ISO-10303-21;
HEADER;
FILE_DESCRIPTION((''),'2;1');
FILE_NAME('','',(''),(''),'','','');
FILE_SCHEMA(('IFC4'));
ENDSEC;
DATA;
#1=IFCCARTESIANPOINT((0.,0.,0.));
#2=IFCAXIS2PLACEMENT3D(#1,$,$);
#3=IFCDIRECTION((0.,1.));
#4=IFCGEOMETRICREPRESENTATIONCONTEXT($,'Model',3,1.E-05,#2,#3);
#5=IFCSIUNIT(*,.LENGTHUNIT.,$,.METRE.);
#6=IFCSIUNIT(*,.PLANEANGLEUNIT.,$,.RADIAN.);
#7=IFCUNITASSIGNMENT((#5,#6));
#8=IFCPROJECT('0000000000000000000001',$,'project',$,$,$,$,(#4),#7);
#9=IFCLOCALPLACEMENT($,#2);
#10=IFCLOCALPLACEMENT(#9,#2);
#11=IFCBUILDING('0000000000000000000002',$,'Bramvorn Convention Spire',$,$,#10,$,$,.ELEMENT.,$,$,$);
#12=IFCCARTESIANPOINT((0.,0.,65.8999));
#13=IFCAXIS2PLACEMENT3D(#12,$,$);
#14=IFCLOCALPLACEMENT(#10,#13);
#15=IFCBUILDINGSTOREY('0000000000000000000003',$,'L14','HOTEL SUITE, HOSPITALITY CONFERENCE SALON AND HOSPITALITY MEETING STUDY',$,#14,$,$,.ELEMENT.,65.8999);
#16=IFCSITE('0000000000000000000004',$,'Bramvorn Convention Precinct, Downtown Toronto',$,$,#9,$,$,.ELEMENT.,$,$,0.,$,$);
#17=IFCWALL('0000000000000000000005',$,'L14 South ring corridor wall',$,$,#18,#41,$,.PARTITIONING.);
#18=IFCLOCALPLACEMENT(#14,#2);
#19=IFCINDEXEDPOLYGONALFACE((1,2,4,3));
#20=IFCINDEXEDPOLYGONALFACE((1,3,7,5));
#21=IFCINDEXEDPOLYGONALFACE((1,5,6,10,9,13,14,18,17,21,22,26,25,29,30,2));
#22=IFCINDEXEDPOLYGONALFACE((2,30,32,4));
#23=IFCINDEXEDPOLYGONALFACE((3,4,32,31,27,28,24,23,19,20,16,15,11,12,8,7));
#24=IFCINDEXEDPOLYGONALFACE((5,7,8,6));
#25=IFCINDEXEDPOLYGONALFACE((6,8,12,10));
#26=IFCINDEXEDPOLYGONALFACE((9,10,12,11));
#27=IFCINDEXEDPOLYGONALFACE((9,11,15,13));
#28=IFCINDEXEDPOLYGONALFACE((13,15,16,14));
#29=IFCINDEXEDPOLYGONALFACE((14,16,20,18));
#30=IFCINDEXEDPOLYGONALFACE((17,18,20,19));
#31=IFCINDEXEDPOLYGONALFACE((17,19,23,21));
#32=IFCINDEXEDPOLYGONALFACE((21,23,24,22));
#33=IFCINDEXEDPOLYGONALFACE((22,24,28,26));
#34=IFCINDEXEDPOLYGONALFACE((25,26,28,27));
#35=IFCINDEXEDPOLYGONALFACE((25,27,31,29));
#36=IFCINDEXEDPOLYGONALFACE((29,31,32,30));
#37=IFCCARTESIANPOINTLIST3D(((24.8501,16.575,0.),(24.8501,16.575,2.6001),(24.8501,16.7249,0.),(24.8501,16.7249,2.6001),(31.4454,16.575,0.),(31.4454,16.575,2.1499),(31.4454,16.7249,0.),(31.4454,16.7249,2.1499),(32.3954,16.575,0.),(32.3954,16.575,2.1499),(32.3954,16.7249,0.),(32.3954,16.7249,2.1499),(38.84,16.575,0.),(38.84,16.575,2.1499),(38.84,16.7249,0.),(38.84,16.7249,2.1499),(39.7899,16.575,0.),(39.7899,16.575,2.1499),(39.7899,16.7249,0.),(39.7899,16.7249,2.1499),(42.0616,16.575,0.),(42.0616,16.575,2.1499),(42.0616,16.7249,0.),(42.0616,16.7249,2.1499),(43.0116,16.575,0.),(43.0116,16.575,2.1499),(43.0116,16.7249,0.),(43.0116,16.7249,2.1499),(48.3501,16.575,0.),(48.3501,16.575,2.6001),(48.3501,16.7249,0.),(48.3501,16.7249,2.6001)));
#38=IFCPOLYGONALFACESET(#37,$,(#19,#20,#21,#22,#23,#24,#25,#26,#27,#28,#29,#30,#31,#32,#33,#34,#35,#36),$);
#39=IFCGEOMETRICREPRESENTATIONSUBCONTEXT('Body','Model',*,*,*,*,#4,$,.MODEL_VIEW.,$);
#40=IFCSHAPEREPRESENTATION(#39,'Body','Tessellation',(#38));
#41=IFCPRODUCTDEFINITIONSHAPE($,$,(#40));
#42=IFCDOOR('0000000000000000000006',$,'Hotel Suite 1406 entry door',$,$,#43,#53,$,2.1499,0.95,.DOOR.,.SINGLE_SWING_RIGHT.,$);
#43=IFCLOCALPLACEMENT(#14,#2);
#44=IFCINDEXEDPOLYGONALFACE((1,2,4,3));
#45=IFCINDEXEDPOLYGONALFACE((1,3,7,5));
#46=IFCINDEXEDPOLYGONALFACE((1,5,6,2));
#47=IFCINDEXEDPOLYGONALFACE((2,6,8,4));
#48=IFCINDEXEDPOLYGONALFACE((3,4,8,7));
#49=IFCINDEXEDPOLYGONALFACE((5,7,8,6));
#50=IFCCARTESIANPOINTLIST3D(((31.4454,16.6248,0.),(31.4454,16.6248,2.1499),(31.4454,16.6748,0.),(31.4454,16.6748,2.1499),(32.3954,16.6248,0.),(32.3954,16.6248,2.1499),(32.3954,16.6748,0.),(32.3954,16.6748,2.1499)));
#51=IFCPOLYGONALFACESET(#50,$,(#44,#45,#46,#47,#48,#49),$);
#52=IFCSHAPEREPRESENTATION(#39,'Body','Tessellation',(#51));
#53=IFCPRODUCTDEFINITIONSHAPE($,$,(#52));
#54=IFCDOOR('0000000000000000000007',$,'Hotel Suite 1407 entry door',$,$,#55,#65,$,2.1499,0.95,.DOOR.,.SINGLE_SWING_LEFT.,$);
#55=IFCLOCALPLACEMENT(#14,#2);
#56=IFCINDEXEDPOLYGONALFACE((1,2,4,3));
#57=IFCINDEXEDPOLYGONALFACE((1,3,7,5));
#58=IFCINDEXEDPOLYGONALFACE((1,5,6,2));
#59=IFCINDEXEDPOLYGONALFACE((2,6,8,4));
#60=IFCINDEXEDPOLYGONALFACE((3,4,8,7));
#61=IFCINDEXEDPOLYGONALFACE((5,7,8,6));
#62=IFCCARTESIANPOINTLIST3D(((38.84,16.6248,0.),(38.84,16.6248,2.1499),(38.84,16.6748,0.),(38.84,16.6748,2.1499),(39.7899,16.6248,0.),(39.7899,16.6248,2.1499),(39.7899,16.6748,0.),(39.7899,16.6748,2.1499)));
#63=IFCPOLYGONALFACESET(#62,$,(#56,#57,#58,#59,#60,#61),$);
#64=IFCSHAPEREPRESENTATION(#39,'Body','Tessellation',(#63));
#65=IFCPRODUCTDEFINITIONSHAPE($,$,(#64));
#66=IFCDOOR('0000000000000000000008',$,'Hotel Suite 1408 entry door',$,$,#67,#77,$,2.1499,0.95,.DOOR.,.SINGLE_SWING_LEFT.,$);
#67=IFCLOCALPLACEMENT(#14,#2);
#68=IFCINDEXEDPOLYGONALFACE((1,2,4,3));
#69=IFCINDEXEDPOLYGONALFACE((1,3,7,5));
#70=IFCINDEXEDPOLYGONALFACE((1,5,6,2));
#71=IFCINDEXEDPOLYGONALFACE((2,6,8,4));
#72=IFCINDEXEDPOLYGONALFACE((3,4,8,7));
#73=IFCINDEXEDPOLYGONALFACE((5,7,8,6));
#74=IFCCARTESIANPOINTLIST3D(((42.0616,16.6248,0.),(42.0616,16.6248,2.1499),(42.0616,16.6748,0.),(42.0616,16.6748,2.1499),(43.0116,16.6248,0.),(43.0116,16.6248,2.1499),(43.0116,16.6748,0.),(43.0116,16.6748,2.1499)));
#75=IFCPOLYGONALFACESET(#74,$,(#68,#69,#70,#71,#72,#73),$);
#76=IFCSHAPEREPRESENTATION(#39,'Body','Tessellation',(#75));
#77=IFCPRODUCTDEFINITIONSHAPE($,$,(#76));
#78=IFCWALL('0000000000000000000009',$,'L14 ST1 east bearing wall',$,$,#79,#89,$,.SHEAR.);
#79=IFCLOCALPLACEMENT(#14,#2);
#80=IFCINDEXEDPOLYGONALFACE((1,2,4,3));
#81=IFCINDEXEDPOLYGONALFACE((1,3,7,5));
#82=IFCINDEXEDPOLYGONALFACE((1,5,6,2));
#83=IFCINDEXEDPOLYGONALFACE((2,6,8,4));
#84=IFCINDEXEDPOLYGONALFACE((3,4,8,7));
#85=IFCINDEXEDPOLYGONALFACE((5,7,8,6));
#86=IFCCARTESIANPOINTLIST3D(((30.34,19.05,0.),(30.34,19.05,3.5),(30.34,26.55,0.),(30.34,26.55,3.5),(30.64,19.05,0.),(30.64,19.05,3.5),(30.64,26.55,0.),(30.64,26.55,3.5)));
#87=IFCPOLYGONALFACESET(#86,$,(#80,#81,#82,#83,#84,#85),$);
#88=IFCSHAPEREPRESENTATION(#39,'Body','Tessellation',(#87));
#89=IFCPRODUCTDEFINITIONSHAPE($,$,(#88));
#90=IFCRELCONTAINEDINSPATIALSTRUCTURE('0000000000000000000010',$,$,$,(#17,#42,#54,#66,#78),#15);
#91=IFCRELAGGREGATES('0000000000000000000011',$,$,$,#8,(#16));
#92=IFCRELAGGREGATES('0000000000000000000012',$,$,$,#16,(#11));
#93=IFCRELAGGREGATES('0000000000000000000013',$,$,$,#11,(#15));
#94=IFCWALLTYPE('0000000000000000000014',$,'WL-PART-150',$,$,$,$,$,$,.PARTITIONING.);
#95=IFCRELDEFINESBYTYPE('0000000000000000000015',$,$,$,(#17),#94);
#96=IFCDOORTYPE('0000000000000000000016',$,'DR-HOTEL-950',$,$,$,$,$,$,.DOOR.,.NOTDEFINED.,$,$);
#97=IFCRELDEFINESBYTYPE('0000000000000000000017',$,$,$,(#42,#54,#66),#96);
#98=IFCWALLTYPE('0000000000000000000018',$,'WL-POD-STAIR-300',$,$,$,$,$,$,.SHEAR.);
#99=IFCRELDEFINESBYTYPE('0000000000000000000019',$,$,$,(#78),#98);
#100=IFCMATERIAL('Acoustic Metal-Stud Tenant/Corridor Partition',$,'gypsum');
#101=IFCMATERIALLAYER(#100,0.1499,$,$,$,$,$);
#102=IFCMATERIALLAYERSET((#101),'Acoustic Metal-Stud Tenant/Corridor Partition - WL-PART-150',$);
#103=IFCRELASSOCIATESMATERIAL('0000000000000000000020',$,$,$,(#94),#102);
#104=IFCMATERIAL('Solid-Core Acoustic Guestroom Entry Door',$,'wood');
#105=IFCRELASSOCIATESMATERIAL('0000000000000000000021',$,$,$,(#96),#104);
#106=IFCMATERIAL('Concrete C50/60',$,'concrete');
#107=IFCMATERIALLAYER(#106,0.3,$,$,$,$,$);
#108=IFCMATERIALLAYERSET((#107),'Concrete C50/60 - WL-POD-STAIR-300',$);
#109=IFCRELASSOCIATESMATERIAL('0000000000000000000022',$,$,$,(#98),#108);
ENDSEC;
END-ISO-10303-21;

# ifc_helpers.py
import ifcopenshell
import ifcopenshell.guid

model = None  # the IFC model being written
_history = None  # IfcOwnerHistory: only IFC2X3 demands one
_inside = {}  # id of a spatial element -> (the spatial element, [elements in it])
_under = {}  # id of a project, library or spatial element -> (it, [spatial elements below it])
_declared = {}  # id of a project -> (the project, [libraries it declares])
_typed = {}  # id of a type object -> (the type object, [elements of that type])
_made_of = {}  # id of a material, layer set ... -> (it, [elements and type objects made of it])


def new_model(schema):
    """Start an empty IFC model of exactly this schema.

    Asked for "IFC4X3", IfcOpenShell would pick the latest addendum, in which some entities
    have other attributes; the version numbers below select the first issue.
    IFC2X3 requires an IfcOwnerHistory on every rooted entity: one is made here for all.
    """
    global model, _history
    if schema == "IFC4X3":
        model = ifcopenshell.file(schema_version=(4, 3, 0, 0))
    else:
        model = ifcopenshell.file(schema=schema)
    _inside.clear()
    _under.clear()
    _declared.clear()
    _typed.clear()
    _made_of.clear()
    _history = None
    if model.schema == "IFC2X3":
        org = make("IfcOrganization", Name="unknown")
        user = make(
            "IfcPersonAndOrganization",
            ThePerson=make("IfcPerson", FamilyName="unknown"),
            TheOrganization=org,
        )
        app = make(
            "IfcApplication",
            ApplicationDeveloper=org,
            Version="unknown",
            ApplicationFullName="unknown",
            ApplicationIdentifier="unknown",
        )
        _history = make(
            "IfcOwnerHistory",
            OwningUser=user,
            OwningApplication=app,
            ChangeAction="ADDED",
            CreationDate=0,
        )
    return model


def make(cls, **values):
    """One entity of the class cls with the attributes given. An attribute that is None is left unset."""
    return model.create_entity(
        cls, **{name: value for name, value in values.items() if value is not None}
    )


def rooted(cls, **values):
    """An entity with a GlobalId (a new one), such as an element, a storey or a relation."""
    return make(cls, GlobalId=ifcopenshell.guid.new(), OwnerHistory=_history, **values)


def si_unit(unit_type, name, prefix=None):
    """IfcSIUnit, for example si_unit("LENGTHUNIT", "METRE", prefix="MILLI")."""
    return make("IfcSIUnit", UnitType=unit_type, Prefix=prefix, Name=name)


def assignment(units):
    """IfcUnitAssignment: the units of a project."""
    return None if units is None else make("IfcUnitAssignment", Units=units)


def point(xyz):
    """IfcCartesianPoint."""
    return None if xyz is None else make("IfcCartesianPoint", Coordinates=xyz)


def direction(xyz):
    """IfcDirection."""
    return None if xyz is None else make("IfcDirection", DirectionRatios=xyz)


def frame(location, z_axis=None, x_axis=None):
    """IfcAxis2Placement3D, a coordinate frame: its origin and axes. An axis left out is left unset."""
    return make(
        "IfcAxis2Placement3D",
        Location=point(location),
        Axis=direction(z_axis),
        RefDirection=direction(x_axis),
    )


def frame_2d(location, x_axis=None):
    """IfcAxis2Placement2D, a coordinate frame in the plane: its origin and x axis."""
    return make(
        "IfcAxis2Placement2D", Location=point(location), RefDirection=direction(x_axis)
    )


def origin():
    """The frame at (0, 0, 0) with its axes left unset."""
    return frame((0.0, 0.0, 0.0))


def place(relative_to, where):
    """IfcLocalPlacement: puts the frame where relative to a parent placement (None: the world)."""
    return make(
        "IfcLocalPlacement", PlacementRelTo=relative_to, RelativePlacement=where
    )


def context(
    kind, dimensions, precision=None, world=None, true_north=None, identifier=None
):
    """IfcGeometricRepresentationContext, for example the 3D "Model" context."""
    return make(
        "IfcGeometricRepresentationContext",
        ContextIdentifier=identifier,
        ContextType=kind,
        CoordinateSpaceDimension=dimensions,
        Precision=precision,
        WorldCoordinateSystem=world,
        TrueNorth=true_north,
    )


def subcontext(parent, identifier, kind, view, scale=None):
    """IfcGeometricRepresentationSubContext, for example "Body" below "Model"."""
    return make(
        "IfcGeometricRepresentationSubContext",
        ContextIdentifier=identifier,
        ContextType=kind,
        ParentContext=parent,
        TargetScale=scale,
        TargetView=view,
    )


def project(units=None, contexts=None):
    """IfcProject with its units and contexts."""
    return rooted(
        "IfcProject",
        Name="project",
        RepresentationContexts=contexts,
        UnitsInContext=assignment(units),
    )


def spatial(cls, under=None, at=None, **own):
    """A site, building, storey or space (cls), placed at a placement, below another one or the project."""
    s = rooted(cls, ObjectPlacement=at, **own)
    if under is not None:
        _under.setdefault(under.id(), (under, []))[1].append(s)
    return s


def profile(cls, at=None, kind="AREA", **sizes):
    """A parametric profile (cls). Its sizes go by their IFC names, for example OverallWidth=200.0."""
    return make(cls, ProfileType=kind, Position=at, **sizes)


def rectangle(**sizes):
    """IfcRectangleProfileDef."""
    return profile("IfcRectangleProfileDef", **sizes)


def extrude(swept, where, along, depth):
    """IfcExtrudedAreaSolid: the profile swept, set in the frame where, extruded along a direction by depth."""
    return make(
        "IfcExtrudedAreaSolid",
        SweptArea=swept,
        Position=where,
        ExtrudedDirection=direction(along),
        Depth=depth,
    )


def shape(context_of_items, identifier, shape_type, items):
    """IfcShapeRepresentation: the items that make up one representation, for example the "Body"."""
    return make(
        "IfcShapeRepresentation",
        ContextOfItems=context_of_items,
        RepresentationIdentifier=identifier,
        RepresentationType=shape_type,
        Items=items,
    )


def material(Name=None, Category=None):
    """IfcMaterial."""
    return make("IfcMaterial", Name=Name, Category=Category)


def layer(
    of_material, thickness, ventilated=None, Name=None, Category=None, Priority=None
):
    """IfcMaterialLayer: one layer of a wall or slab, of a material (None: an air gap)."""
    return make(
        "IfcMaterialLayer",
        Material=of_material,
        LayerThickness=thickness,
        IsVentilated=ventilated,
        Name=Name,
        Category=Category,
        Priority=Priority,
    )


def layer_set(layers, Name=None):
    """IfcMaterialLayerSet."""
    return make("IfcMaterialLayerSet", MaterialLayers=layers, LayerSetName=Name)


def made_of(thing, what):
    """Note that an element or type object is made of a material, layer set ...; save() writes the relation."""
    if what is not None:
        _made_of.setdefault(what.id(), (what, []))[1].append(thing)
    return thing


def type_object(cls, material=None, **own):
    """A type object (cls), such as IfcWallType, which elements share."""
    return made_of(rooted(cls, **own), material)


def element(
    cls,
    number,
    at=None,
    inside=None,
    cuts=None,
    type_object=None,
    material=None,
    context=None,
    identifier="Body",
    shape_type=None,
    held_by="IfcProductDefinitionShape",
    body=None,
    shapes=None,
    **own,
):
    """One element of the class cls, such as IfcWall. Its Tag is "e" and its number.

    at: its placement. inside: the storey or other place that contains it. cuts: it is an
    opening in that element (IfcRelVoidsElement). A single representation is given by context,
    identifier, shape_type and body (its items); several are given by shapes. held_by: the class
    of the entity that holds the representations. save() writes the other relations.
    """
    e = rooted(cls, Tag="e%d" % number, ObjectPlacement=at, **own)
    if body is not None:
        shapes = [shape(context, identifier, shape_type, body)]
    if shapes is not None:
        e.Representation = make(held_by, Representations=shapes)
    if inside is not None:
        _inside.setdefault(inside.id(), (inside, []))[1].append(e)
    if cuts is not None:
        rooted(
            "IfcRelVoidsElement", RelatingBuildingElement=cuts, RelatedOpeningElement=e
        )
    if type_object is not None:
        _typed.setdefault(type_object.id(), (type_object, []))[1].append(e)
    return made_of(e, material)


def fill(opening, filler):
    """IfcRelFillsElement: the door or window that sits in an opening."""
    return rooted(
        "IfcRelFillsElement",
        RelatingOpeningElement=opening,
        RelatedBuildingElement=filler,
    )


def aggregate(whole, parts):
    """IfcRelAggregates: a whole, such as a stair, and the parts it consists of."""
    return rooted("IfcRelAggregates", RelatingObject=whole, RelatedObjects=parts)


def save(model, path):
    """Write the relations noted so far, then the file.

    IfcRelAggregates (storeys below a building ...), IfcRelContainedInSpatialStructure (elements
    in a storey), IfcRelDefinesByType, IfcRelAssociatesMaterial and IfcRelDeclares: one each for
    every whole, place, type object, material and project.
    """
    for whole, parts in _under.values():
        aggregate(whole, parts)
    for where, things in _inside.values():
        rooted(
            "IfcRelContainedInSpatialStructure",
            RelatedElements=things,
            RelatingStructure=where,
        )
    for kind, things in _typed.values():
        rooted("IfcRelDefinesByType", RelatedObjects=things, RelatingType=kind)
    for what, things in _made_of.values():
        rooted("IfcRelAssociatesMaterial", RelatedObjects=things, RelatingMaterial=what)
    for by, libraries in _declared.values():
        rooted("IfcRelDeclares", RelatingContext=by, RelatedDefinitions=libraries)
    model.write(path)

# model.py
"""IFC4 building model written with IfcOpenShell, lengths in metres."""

from ifc_helpers import new_model, si_unit, direction, frame, frame_2d, origin, place, context, subcontext, project, spatial, rectangle, extrude, material, layer, layer_set, type_object, element, fill, save


model = new_model("IFC4")

# Units and contexts
model_context = context("Model", 3, precision=1e-05, world=origin(), true_north=direction((0.0, 1.0)))
body_context = subcontext(model_context, "Body", "Model", "MODEL_VIEW")
ifc_project = project(units=[si_unit("LENGTHUNIT", "METRE"), si_unit("PLANEANGLEUNIT", "RADIAN")], contexts=[model_context])

# Site, building, storey
site_placement = place(None, origin())
site = spatial("IfcSite", under=ifc_project, at=site_placement, Name="Bramvorn Convention Precinct, Downtown Toronto", CompositionType="ELEMENT", RefElevation=0.0)
building_placement = place(site_placement, origin())
building = spatial("IfcBuilding", under=site, at=building_placement, Name="Bramvorn Convention Spire", CompositionType="ELEMENT")
storey_placement = place(building_placement, frame((0.0, 0.0, 65.8999)))
storey = spatial("IfcBuildingStorey", under=building, at=storey_placement, Name="L14", Description="HOTEL SUITE, HOSPITALITY CONFERENCE SALON AND HOSPITALITY MEETING STUDY", CompositionType="ELEMENT", Elevation=65.8999)

# Wall, openings, doors
ifc_material_1 = material(Name="Acoustic Metal-Stud Tenant/Corridor Partition", Category="gypsum")
ifc_layer_1 = layer(ifc_material_1, 0.1499)
ifc_layer_set_1 = layer_set([ifc_layer_1], Name="Acoustic Metal-Stud Tenant/Corridor Partition - WL-PART-150")
wall_type_1 = type_object("IfcWallType", Name="WL-PART-150", PredefinedType="PARTITIONING", material=ifc_layer_set_1)
wall_1_placement = place(storey_placement, frame((24.8501, 16.6499, 0.0), z_axis=(0.0, 0.0, 1.0), x_axis=(1.0, 0.0, 0.0)))
wall_1 = element("IfcWall", 1, at=wall_1_placement, inside=storey, type_object=wall_type_1, Name="L14 South ring corridor wall", PredefinedType="PARTITIONING", context=body_context, shape_type="SweptSolid", body=[
    extrude(rectangle(XDim=23.5, YDim=0.1499, at=frame_2d((11.75, 0.0))), origin(), (0.0, 0.0, 1.0), 2.6001),
])
opening_1_placement = place(wall_1_placement, frame((6.5952, 0.0, 0.0)))
opening_1 = element("IfcOpeningElement", 2, at=opening_1_placement, cuts=wall_1, PredefinedType="OPENING", context=body_context, shape_type="SweptSolid", body=[
    extrude(rectangle(XDim=0.95, YDim=2.1499, at=frame_2d((0.4751, 1.075))), frame((0.0, 0.085, 0.0), z_axis=(0.0, -1.0, 0.0), x_axis=(1.0, 0.0, 0.0)), (0.0, 0.0, 1.0), 0.1699),
])
opening_2_placement = place(wall_1_placement, frame((13.9897, 0.0, 0.0)))
opening_2 = element("IfcOpeningElement", 3, at=opening_2_placement, cuts=wall_1, PredefinedType="OPENING", context=body_context, shape_type="SweptSolid", body=[
    extrude(rectangle(XDim=0.95, YDim=2.1499, at=frame_2d((0.4751, 1.075))), frame((0.0, 0.085, 0.0), z_axis=(0.0, -1.0, 0.0), x_axis=(1.0, 0.0, 0.0)), (0.0, 0.0, 1.0), 0.1699),
])
opening_3_placement = place(wall_1_placement, frame((17.2114, 0.0, 0.0)))
opening_3 = element("IfcOpeningElement", 4, at=opening_3_placement, cuts=wall_1, PredefinedType="OPENING", context=body_context, shape_type="SweptSolid", body=[
    extrude(rectangle(XDim=0.95, YDim=2.1499, at=frame_2d((0.4751, 1.075))), frame((0.0, 0.085, 0.0), z_axis=(0.0, -1.0, 0.0), x_axis=(1.0, 0.0, 0.0)), (0.0, 0.0, 1.0), 0.1699),
])
ifc_material_2 = material(Name="Solid-Core Acoustic Guestroom Entry Door", Category="wood")
door_type_1 = type_object("IfcDoorType", Name="DR-HOTEL-950", OperationType="NOTDEFINED", PredefinedType="DOOR", material=ifc_material_2)
door_1_placement = place(opening_1_placement, origin())
door_1 = element("IfcDoor", 5, at=door_1_placement, inside=storey, type_object=door_type_1, Name="Hotel Suite 1406 entry door", OperationType="SINGLE_SWING_RIGHT", OverallHeight=2.1499, OverallWidth=0.95, PredefinedType="DOOR", context=body_context, shape_type="SweptSolid", body=[
    extrude(rectangle(XDim=0.95, YDim=2.1499, at=frame_2d((0.4751, 1.075))), frame((0.0, 0.0249, 0.0), z_axis=(0.0, -1.0, 0.0), x_axis=(1.0, 0.0, 0.0)), (0.0, 0.0, 1.0), 0.05),
])
fill(opening_1, door_1)
door_2_placement = place(opening_2_placement, origin())
door_2 = element("IfcDoor", 6, at=door_2_placement, inside=storey, type_object=door_type_1, Name="Hotel Suite 1407 entry door", OperationType="SINGLE_SWING_LEFT", OverallHeight=2.1499, OverallWidth=0.95, PredefinedType="DOOR", context=body_context, shape_type="SweptSolid", body=[
    extrude(rectangle(XDim=0.95, YDim=2.1499, at=frame_2d((0.4751, 1.075))), frame((0.0, 0.0249, 0.0), z_axis=(0.0, -1.0, 0.0), x_axis=(1.0, 0.0, 0.0)), (0.0, 0.0, 1.0), 0.05),
])
fill(opening_2, door_2)
door_3_placement = place(opening_3_placement, origin())
door_3 = element("IfcDoor", 7, at=door_3_placement, inside=storey, type_object=door_type_1, Name="Hotel Suite 1408 entry door", OperationType="SINGLE_SWING_LEFT", OverallHeight=2.1499, OverallWidth=0.95, PredefinedType="DOOR", context=body_context, shape_type="SweptSolid", body=[
    extrude(rectangle(XDim=0.95, YDim=2.1499, at=frame_2d((0.4751, 1.075))), frame((0.0, 0.0249, 0.0), z_axis=(0.0, -1.0, 0.0), x_axis=(1.0, 0.0, 0.0)), (0.0, 0.0, 1.0), 0.05),
])
fill(opening_3, door_3)

# Wall
ifc_material_3 = material(Name="Concrete C50/60", Category="concrete")
ifc_layer_2 = layer(ifc_material_3, 0.3)
ifc_layer_set_2 = layer_set([ifc_layer_2], Name="Concrete C50/60 - WL-POD-STAIR-300")
wall_type_2 = type_object("IfcWallType", Name="WL-POD-STAIR-300", PredefinedType="SHEAR", material=ifc_layer_set_2)
wall_2_placement = place(storey_placement, frame((30.49, 19.05, 0.0), z_axis=(0.0, 0.0, 1.0), x_axis=(0.0, 1.0, 0.0)))
element("IfcWall", 8, at=wall_2_placement, inside=storey, type_object=wall_type_2, Name="L14 ST1 east bearing wall", PredefinedType="SHEAR", context=body_context, shape_type="SweptSolid", body=[
    extrude(rectangle(XDim=7.5, YDim=0.3, at=frame_2d((3.75, 0.0))), origin(), (0.0, 0.0, 1.0), 3.5),
])

save(model, "model.ifc")
